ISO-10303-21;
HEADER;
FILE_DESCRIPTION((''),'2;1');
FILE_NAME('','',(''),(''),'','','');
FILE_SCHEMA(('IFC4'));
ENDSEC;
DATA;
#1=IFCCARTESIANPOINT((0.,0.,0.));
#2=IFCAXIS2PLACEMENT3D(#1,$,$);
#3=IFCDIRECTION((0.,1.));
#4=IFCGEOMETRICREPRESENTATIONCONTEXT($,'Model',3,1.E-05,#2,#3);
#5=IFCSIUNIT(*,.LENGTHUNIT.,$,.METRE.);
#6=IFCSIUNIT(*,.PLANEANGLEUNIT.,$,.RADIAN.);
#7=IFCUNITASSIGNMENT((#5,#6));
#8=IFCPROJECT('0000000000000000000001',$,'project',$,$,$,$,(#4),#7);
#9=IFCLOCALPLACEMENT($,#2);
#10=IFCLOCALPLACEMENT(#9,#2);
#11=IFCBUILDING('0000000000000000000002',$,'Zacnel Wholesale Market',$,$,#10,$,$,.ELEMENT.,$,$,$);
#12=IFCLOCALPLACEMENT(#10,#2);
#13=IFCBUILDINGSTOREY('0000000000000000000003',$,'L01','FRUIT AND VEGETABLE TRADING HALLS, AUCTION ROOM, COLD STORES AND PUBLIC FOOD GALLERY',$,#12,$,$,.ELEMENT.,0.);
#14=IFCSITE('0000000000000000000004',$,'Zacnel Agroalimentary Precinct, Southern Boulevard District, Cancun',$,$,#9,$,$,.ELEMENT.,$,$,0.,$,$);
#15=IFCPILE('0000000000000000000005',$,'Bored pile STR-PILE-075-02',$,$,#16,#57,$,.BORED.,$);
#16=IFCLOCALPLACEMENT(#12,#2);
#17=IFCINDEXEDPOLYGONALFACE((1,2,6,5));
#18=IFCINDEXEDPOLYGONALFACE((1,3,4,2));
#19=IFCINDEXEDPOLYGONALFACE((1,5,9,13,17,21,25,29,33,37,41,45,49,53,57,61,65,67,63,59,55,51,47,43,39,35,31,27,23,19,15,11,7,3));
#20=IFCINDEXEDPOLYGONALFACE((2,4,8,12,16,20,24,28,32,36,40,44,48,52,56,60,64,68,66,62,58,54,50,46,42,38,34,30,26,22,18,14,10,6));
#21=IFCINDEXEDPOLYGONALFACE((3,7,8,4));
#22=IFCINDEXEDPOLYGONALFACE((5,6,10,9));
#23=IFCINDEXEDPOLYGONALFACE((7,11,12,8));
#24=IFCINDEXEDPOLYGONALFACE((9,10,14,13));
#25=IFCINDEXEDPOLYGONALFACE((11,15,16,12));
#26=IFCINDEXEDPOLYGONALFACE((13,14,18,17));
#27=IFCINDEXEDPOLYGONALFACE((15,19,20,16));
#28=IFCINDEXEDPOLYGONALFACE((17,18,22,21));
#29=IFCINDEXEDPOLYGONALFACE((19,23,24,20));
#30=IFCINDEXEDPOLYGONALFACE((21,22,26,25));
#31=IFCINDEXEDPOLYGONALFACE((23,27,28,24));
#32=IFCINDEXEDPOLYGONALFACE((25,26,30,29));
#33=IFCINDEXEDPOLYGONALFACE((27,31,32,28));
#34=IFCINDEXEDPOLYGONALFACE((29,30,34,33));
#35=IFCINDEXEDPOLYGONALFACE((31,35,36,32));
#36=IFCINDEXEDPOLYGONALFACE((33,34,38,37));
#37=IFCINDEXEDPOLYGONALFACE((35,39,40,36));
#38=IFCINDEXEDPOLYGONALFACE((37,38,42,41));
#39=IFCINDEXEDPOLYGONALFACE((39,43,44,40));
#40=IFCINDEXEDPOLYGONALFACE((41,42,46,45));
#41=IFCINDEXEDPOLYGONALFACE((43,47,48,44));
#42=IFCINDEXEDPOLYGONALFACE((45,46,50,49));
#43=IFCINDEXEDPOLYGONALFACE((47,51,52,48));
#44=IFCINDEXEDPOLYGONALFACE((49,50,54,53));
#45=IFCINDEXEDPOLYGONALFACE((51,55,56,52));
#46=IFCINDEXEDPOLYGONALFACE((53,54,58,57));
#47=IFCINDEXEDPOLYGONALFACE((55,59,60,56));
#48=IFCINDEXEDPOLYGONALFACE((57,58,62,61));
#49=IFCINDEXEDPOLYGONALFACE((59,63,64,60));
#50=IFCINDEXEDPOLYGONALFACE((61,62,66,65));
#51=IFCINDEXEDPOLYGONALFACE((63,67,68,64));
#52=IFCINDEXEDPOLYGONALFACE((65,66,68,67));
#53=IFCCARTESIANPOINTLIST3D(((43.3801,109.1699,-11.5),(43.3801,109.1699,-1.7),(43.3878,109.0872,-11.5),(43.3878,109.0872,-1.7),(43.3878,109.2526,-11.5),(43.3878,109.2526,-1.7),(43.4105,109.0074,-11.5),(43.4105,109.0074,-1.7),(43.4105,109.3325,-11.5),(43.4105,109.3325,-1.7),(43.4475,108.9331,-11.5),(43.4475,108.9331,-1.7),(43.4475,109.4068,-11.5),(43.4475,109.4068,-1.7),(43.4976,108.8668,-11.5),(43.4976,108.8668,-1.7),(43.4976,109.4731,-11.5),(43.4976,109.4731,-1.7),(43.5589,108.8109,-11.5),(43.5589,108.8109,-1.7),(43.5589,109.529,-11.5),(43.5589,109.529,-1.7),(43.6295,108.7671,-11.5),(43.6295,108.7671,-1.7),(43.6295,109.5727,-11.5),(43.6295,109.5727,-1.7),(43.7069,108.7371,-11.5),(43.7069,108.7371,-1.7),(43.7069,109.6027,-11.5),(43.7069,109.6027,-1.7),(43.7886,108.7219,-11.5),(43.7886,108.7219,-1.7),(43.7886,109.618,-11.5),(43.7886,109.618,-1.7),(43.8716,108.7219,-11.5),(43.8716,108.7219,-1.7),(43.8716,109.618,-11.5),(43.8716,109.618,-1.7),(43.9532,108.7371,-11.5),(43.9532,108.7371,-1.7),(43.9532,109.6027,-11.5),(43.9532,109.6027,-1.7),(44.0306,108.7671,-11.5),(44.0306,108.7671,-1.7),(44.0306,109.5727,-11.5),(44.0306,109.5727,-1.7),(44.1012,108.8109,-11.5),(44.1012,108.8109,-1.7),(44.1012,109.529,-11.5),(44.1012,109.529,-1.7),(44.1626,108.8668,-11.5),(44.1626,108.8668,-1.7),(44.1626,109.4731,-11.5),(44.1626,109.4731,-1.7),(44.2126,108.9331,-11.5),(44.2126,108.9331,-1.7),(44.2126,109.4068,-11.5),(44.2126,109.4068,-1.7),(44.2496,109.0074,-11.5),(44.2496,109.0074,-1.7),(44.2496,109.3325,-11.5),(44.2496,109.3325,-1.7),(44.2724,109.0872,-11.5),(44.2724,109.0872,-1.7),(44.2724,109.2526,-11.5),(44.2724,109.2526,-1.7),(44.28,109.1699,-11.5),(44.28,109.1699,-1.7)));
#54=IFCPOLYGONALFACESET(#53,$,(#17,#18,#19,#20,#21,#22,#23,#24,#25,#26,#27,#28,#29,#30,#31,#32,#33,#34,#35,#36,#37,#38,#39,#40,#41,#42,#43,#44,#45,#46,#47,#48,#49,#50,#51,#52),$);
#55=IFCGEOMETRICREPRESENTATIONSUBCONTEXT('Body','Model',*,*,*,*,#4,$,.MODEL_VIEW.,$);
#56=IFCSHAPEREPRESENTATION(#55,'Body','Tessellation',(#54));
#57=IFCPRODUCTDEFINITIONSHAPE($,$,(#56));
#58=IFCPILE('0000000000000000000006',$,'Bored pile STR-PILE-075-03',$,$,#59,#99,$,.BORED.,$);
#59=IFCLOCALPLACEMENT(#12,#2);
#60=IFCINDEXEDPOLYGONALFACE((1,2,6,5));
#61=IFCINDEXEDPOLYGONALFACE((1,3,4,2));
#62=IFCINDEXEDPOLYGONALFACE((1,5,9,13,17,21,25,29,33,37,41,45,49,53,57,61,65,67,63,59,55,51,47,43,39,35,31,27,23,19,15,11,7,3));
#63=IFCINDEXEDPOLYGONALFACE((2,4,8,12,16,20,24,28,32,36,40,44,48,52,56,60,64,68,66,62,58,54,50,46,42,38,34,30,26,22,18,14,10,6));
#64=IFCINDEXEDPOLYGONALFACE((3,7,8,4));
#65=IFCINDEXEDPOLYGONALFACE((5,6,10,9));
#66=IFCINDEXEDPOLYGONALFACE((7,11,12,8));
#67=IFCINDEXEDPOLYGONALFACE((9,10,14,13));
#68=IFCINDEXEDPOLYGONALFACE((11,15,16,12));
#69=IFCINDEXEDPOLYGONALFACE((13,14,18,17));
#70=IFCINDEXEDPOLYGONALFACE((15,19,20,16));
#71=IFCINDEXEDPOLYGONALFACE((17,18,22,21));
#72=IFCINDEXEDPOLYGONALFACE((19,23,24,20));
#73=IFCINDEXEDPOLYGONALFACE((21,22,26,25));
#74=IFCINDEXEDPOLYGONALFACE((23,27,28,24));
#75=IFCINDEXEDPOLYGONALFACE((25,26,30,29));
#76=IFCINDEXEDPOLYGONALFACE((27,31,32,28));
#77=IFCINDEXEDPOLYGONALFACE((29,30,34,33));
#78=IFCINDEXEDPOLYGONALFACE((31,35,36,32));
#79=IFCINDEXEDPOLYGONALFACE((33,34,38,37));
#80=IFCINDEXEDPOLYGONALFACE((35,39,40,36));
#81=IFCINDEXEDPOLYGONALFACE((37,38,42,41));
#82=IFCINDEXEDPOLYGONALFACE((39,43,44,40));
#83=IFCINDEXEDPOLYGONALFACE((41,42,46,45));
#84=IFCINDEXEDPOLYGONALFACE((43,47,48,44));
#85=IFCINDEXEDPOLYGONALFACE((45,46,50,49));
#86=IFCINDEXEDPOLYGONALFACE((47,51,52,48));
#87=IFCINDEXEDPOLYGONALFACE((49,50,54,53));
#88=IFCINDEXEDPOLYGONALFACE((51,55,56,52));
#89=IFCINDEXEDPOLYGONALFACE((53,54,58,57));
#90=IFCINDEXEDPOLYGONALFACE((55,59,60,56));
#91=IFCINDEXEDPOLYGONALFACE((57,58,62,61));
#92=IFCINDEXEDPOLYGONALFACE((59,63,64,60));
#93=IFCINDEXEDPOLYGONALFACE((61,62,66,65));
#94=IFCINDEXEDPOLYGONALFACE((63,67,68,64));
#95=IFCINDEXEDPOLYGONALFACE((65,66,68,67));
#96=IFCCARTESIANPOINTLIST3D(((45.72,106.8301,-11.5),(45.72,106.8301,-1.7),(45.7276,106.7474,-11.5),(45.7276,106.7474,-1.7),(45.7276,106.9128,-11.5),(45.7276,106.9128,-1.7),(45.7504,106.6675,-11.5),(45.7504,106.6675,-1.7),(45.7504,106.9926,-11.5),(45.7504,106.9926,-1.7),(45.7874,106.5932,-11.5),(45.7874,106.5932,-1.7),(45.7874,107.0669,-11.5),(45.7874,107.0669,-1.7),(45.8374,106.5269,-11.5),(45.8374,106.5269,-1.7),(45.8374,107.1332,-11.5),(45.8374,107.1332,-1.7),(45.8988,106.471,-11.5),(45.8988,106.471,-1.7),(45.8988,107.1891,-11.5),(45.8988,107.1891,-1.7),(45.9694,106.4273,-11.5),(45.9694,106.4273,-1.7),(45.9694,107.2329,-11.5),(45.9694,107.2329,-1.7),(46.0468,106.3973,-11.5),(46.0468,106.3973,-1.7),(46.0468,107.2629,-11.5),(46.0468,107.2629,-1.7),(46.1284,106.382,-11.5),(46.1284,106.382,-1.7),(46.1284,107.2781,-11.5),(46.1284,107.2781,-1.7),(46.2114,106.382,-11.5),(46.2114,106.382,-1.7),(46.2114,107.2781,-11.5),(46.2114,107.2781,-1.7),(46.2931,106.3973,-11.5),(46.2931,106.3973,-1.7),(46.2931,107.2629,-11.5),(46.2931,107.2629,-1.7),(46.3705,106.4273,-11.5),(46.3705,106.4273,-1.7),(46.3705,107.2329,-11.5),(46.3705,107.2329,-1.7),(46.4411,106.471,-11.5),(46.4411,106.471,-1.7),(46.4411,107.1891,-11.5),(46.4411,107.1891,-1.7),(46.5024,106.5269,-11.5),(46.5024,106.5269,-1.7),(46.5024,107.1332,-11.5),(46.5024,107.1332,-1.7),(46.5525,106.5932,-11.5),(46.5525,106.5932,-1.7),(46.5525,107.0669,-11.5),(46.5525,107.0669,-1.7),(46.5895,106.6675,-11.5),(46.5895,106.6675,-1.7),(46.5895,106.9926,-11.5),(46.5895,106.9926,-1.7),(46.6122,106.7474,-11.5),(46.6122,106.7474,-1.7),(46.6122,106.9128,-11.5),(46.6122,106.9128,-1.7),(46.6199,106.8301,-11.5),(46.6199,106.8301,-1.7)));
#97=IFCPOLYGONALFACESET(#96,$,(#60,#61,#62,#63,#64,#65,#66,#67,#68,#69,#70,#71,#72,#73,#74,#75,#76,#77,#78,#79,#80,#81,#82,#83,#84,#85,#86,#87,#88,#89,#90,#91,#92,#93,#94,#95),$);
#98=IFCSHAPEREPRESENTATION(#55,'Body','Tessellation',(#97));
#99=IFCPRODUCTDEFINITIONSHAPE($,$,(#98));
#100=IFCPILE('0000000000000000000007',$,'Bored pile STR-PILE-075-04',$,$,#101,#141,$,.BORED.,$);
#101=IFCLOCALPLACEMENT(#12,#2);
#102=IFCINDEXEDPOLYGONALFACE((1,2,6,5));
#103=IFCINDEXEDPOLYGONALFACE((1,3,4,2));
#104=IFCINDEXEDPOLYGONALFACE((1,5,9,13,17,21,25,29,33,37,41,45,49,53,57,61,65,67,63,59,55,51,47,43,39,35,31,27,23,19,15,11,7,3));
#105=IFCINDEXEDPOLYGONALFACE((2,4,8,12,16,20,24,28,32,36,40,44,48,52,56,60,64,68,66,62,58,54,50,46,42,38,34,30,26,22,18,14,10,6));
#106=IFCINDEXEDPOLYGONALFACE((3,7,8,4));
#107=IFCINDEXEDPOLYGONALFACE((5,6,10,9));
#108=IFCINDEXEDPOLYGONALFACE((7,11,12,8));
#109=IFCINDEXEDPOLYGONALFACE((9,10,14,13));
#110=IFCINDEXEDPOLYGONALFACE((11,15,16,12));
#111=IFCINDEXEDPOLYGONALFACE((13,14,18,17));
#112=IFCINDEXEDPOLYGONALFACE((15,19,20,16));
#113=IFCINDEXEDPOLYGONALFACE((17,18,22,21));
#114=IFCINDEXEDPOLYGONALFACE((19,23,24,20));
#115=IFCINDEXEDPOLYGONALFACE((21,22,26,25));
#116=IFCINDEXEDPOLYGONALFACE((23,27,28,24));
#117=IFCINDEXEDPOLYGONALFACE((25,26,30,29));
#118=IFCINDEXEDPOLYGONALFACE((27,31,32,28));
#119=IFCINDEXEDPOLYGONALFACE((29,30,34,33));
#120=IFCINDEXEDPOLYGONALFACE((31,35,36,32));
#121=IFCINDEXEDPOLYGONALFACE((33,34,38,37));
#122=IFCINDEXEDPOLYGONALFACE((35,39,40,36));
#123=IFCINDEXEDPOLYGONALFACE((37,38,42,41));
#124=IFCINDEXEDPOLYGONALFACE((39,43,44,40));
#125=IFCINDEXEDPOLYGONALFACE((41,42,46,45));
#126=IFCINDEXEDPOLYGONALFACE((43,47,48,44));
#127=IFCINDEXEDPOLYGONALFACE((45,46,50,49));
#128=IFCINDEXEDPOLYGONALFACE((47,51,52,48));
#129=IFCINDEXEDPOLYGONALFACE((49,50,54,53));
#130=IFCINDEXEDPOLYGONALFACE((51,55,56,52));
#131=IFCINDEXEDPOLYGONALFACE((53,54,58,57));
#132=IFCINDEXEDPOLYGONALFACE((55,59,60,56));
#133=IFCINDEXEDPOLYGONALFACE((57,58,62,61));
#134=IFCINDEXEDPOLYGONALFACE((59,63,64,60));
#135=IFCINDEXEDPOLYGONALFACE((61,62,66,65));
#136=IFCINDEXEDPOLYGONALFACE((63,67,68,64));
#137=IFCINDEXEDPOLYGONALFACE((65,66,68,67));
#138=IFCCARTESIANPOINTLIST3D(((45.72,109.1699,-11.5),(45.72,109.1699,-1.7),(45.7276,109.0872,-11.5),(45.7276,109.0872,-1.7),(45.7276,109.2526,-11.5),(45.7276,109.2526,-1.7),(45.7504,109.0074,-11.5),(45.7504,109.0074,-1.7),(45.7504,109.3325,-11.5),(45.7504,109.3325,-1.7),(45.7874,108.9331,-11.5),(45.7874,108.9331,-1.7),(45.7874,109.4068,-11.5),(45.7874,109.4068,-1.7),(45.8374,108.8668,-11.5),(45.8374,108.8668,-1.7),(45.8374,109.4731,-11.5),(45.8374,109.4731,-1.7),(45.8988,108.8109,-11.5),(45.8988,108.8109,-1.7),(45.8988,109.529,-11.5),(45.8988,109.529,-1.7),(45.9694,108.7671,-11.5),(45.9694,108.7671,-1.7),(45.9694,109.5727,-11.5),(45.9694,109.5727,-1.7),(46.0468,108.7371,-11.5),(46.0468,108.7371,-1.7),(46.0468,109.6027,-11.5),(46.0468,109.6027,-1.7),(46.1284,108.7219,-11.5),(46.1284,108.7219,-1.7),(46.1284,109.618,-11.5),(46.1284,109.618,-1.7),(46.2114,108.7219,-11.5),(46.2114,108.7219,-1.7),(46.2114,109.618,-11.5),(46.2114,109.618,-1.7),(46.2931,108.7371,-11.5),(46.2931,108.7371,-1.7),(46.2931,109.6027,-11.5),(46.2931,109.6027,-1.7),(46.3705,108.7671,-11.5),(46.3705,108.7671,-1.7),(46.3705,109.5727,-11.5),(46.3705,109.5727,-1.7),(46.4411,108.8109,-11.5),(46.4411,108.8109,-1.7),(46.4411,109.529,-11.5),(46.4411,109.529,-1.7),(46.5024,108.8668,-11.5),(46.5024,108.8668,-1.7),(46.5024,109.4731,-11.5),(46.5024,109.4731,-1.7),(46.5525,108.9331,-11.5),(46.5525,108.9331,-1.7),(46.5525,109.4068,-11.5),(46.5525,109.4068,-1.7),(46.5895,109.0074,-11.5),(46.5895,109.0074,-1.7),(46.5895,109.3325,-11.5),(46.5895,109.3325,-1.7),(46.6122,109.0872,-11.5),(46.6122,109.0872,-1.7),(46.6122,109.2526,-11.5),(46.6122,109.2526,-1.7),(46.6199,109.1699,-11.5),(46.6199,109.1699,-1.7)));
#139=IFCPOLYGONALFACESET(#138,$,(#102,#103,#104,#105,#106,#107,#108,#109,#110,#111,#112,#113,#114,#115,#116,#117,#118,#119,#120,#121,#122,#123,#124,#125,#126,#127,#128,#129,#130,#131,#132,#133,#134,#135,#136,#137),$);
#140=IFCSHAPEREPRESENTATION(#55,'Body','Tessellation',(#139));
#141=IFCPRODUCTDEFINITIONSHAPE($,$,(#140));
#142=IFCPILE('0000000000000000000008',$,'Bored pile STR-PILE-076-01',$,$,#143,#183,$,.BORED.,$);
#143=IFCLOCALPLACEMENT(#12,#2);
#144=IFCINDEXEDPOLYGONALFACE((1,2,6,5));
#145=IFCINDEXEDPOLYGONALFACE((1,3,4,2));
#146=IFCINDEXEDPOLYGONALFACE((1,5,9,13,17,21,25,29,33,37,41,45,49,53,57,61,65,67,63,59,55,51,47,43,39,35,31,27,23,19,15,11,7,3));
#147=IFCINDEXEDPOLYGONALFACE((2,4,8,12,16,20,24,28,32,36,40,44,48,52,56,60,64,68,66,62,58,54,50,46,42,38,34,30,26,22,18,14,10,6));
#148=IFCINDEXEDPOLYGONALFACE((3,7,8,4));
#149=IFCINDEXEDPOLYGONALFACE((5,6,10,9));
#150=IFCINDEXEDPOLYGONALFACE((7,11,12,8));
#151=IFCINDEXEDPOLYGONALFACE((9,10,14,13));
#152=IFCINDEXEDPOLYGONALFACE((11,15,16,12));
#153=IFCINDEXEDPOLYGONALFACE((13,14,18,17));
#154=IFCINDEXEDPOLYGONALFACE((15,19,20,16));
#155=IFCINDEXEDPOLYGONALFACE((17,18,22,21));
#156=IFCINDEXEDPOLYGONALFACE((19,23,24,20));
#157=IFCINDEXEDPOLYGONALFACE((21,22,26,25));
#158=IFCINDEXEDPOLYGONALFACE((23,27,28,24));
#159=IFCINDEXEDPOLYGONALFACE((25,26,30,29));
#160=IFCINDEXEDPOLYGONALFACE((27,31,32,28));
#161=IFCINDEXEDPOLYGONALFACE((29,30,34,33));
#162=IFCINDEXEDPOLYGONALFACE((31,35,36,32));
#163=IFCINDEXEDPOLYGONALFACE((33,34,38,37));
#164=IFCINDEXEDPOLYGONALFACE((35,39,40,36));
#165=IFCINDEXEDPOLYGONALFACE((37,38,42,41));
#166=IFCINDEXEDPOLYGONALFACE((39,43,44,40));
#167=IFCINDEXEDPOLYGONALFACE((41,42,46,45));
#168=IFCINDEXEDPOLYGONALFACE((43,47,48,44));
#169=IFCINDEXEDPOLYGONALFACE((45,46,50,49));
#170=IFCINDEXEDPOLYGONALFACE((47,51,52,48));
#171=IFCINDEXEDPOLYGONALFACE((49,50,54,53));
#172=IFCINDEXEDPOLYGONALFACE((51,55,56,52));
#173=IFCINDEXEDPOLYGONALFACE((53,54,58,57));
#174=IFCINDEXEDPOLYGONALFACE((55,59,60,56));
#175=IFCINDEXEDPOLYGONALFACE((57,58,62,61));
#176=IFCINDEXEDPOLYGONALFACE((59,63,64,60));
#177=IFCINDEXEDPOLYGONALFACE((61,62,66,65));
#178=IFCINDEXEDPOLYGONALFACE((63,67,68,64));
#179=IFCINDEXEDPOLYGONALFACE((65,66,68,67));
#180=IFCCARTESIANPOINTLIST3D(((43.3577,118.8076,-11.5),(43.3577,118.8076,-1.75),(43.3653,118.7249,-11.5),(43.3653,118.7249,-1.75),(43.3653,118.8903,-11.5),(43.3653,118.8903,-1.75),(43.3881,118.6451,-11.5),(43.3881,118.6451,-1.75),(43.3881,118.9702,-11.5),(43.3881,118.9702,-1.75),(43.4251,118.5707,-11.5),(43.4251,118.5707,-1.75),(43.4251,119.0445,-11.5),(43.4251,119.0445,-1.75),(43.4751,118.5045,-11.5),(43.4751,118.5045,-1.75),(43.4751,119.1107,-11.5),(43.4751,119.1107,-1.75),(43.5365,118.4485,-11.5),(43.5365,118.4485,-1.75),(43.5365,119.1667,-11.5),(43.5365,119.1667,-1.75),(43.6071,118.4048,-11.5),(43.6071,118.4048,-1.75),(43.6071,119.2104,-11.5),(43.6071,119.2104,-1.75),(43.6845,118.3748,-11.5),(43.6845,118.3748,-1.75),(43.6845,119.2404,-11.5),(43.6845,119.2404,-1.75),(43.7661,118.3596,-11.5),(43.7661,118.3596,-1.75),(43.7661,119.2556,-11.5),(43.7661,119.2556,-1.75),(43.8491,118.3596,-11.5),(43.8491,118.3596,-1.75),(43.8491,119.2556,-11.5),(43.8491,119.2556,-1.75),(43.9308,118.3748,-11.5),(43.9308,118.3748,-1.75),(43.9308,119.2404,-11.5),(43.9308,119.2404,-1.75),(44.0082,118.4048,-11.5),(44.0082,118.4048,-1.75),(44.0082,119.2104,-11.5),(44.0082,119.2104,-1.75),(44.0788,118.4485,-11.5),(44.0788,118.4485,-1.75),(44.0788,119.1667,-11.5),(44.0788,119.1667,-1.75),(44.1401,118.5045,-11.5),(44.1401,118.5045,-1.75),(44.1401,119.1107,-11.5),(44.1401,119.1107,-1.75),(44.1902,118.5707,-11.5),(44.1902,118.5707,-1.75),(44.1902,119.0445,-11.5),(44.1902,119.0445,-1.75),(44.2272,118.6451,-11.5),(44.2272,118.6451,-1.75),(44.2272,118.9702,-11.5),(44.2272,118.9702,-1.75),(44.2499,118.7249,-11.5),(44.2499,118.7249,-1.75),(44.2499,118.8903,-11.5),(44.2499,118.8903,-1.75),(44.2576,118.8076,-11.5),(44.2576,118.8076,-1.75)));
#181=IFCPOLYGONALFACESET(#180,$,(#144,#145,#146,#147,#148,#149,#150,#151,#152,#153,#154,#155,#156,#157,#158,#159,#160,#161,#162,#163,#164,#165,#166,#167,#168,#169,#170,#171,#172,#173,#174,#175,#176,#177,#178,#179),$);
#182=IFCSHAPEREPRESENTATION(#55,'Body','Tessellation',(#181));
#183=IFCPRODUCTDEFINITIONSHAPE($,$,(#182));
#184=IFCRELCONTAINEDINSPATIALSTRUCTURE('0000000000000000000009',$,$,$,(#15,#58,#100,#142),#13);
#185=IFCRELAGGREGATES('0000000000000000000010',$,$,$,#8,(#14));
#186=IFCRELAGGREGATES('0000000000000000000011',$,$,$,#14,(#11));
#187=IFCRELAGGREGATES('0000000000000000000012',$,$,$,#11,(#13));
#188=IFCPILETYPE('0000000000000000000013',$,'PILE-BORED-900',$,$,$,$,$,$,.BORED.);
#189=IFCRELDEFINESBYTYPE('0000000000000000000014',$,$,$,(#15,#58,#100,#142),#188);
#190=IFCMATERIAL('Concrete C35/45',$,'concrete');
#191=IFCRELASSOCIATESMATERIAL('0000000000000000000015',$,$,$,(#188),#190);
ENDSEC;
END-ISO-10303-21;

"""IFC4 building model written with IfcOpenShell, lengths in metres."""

from ifc_helpers import new_model, si_unit, direction, frame, origin, origin_2d, place, context, subcontext, project, spatial, circle, extrude, material, material_profile, profile_set, type_object, element, save


model = new_model("IFC4")

# Units and contexts
model_context = context("Model", 3, precision=1e-05, world=origin(), true_north=direction((0.0, 1.0)))
body_context = subcontext(model_context, "Body", "Model", "MODEL_VIEW")
ifc_project = project(units=[si_unit("LENGTHUNIT", "METRE"), si_unit("PLANEANGLEUNIT", "RADIAN")], contexts=[model_context])

# Site, building, storey
site_placement = place(None, origin())
site = spatial("IfcSite", under=ifc_project, at=site_placement, Name="Zacnel Agroalimentary Precinct, Southern Boulevard District, Cancun", CompositionType="ELEMENT", RefElevation=0.0)
building_placement = place(site_placement, origin())
building = spatial("IfcBuilding", under=site, at=building_placement, Name="Zacnel Wholesale Market", CompositionType="ELEMENT")
storey_placement = place(building_placement, origin())
storey = spatial("IfcBuildingStorey", under=building, at=storey_placement, Name="L01", Description="FRUIT AND VEGETABLE TRADING HALLS, AUCTION ROOM, COLD STORES AND PUBLIC FOOD GALLERY", CompositionType="ELEMENT", Elevation=0.0)

# Piles
ifc_material_1 = material(Name="Concrete C35/45", Category="concrete")
ifc_material_profile_1 = material_profile(ifc_material_1, circle(Radius=0.45, at=origin_2d()), Name="BORED PILE D900")
ifc_profile_set_1 = profile_set([ifc_material_profile_1], Name="Concrete C35/45")
pile_type = type_object("IfcPileType", Name="PILE-BORED-900", PredefinedType="BORED", material=ifc_profile_set_1)
for number, where, z_axis, x_axis, name in (
    (1, (43.8301, 109.1699, -1.7), (0.0, 0.0, -1.0), (1.0, 0.0, 0.0), "Bored pile STR-PILE-075-02"),
    (2, (46.1699, 106.8301, -1.7), (0.0, 0.0, -1.0), (1.0, 0.0, 0.0), "Bored pile STR-PILE-075-03"),
    (3, (46.1699, 109.1699, -1.7), (0.0, 0.0, -1.0), (1.0, 0.0, 0.0), "Bored pile STR-PILE-075-04"),
):
    element("IfcPile", number, at=place(storey_placement, frame(where, z_axis=z_axis, x_axis=x_axis)), inside=storey, type_object=pile_type, Name=name, PredefinedType="BORED", context=body_context, shape_type="SweptSolid", body=[
        extrude(circle(Radius=0.45, at=origin_2d()), origin(), (0.0, 0.0, 1.0), 9.8),
    ])
for number, where, z_axis, x_axis, name in (
    (4, (43.8076, 118.8076, -1.75), (0.0, 0.0, -1.0), (1.0, 0.0, 0.0), "Bored pile STR-PILE-076-01"),
):
    element("IfcPile", number, at=place(storey_placement, frame(where, z_axis=z_axis, x_axis=x_axis)), inside=storey, type_object=pile_type, Name=name, PredefinedType="BORED", context=body_context, shape_type="SweptSolid", body=[
        extrude(circle(Radius=0.45, at=origin_2d()), origin(), (0.0, 0.0, 1.0), 9.75),
    ])

save(model, "model.ifc")
